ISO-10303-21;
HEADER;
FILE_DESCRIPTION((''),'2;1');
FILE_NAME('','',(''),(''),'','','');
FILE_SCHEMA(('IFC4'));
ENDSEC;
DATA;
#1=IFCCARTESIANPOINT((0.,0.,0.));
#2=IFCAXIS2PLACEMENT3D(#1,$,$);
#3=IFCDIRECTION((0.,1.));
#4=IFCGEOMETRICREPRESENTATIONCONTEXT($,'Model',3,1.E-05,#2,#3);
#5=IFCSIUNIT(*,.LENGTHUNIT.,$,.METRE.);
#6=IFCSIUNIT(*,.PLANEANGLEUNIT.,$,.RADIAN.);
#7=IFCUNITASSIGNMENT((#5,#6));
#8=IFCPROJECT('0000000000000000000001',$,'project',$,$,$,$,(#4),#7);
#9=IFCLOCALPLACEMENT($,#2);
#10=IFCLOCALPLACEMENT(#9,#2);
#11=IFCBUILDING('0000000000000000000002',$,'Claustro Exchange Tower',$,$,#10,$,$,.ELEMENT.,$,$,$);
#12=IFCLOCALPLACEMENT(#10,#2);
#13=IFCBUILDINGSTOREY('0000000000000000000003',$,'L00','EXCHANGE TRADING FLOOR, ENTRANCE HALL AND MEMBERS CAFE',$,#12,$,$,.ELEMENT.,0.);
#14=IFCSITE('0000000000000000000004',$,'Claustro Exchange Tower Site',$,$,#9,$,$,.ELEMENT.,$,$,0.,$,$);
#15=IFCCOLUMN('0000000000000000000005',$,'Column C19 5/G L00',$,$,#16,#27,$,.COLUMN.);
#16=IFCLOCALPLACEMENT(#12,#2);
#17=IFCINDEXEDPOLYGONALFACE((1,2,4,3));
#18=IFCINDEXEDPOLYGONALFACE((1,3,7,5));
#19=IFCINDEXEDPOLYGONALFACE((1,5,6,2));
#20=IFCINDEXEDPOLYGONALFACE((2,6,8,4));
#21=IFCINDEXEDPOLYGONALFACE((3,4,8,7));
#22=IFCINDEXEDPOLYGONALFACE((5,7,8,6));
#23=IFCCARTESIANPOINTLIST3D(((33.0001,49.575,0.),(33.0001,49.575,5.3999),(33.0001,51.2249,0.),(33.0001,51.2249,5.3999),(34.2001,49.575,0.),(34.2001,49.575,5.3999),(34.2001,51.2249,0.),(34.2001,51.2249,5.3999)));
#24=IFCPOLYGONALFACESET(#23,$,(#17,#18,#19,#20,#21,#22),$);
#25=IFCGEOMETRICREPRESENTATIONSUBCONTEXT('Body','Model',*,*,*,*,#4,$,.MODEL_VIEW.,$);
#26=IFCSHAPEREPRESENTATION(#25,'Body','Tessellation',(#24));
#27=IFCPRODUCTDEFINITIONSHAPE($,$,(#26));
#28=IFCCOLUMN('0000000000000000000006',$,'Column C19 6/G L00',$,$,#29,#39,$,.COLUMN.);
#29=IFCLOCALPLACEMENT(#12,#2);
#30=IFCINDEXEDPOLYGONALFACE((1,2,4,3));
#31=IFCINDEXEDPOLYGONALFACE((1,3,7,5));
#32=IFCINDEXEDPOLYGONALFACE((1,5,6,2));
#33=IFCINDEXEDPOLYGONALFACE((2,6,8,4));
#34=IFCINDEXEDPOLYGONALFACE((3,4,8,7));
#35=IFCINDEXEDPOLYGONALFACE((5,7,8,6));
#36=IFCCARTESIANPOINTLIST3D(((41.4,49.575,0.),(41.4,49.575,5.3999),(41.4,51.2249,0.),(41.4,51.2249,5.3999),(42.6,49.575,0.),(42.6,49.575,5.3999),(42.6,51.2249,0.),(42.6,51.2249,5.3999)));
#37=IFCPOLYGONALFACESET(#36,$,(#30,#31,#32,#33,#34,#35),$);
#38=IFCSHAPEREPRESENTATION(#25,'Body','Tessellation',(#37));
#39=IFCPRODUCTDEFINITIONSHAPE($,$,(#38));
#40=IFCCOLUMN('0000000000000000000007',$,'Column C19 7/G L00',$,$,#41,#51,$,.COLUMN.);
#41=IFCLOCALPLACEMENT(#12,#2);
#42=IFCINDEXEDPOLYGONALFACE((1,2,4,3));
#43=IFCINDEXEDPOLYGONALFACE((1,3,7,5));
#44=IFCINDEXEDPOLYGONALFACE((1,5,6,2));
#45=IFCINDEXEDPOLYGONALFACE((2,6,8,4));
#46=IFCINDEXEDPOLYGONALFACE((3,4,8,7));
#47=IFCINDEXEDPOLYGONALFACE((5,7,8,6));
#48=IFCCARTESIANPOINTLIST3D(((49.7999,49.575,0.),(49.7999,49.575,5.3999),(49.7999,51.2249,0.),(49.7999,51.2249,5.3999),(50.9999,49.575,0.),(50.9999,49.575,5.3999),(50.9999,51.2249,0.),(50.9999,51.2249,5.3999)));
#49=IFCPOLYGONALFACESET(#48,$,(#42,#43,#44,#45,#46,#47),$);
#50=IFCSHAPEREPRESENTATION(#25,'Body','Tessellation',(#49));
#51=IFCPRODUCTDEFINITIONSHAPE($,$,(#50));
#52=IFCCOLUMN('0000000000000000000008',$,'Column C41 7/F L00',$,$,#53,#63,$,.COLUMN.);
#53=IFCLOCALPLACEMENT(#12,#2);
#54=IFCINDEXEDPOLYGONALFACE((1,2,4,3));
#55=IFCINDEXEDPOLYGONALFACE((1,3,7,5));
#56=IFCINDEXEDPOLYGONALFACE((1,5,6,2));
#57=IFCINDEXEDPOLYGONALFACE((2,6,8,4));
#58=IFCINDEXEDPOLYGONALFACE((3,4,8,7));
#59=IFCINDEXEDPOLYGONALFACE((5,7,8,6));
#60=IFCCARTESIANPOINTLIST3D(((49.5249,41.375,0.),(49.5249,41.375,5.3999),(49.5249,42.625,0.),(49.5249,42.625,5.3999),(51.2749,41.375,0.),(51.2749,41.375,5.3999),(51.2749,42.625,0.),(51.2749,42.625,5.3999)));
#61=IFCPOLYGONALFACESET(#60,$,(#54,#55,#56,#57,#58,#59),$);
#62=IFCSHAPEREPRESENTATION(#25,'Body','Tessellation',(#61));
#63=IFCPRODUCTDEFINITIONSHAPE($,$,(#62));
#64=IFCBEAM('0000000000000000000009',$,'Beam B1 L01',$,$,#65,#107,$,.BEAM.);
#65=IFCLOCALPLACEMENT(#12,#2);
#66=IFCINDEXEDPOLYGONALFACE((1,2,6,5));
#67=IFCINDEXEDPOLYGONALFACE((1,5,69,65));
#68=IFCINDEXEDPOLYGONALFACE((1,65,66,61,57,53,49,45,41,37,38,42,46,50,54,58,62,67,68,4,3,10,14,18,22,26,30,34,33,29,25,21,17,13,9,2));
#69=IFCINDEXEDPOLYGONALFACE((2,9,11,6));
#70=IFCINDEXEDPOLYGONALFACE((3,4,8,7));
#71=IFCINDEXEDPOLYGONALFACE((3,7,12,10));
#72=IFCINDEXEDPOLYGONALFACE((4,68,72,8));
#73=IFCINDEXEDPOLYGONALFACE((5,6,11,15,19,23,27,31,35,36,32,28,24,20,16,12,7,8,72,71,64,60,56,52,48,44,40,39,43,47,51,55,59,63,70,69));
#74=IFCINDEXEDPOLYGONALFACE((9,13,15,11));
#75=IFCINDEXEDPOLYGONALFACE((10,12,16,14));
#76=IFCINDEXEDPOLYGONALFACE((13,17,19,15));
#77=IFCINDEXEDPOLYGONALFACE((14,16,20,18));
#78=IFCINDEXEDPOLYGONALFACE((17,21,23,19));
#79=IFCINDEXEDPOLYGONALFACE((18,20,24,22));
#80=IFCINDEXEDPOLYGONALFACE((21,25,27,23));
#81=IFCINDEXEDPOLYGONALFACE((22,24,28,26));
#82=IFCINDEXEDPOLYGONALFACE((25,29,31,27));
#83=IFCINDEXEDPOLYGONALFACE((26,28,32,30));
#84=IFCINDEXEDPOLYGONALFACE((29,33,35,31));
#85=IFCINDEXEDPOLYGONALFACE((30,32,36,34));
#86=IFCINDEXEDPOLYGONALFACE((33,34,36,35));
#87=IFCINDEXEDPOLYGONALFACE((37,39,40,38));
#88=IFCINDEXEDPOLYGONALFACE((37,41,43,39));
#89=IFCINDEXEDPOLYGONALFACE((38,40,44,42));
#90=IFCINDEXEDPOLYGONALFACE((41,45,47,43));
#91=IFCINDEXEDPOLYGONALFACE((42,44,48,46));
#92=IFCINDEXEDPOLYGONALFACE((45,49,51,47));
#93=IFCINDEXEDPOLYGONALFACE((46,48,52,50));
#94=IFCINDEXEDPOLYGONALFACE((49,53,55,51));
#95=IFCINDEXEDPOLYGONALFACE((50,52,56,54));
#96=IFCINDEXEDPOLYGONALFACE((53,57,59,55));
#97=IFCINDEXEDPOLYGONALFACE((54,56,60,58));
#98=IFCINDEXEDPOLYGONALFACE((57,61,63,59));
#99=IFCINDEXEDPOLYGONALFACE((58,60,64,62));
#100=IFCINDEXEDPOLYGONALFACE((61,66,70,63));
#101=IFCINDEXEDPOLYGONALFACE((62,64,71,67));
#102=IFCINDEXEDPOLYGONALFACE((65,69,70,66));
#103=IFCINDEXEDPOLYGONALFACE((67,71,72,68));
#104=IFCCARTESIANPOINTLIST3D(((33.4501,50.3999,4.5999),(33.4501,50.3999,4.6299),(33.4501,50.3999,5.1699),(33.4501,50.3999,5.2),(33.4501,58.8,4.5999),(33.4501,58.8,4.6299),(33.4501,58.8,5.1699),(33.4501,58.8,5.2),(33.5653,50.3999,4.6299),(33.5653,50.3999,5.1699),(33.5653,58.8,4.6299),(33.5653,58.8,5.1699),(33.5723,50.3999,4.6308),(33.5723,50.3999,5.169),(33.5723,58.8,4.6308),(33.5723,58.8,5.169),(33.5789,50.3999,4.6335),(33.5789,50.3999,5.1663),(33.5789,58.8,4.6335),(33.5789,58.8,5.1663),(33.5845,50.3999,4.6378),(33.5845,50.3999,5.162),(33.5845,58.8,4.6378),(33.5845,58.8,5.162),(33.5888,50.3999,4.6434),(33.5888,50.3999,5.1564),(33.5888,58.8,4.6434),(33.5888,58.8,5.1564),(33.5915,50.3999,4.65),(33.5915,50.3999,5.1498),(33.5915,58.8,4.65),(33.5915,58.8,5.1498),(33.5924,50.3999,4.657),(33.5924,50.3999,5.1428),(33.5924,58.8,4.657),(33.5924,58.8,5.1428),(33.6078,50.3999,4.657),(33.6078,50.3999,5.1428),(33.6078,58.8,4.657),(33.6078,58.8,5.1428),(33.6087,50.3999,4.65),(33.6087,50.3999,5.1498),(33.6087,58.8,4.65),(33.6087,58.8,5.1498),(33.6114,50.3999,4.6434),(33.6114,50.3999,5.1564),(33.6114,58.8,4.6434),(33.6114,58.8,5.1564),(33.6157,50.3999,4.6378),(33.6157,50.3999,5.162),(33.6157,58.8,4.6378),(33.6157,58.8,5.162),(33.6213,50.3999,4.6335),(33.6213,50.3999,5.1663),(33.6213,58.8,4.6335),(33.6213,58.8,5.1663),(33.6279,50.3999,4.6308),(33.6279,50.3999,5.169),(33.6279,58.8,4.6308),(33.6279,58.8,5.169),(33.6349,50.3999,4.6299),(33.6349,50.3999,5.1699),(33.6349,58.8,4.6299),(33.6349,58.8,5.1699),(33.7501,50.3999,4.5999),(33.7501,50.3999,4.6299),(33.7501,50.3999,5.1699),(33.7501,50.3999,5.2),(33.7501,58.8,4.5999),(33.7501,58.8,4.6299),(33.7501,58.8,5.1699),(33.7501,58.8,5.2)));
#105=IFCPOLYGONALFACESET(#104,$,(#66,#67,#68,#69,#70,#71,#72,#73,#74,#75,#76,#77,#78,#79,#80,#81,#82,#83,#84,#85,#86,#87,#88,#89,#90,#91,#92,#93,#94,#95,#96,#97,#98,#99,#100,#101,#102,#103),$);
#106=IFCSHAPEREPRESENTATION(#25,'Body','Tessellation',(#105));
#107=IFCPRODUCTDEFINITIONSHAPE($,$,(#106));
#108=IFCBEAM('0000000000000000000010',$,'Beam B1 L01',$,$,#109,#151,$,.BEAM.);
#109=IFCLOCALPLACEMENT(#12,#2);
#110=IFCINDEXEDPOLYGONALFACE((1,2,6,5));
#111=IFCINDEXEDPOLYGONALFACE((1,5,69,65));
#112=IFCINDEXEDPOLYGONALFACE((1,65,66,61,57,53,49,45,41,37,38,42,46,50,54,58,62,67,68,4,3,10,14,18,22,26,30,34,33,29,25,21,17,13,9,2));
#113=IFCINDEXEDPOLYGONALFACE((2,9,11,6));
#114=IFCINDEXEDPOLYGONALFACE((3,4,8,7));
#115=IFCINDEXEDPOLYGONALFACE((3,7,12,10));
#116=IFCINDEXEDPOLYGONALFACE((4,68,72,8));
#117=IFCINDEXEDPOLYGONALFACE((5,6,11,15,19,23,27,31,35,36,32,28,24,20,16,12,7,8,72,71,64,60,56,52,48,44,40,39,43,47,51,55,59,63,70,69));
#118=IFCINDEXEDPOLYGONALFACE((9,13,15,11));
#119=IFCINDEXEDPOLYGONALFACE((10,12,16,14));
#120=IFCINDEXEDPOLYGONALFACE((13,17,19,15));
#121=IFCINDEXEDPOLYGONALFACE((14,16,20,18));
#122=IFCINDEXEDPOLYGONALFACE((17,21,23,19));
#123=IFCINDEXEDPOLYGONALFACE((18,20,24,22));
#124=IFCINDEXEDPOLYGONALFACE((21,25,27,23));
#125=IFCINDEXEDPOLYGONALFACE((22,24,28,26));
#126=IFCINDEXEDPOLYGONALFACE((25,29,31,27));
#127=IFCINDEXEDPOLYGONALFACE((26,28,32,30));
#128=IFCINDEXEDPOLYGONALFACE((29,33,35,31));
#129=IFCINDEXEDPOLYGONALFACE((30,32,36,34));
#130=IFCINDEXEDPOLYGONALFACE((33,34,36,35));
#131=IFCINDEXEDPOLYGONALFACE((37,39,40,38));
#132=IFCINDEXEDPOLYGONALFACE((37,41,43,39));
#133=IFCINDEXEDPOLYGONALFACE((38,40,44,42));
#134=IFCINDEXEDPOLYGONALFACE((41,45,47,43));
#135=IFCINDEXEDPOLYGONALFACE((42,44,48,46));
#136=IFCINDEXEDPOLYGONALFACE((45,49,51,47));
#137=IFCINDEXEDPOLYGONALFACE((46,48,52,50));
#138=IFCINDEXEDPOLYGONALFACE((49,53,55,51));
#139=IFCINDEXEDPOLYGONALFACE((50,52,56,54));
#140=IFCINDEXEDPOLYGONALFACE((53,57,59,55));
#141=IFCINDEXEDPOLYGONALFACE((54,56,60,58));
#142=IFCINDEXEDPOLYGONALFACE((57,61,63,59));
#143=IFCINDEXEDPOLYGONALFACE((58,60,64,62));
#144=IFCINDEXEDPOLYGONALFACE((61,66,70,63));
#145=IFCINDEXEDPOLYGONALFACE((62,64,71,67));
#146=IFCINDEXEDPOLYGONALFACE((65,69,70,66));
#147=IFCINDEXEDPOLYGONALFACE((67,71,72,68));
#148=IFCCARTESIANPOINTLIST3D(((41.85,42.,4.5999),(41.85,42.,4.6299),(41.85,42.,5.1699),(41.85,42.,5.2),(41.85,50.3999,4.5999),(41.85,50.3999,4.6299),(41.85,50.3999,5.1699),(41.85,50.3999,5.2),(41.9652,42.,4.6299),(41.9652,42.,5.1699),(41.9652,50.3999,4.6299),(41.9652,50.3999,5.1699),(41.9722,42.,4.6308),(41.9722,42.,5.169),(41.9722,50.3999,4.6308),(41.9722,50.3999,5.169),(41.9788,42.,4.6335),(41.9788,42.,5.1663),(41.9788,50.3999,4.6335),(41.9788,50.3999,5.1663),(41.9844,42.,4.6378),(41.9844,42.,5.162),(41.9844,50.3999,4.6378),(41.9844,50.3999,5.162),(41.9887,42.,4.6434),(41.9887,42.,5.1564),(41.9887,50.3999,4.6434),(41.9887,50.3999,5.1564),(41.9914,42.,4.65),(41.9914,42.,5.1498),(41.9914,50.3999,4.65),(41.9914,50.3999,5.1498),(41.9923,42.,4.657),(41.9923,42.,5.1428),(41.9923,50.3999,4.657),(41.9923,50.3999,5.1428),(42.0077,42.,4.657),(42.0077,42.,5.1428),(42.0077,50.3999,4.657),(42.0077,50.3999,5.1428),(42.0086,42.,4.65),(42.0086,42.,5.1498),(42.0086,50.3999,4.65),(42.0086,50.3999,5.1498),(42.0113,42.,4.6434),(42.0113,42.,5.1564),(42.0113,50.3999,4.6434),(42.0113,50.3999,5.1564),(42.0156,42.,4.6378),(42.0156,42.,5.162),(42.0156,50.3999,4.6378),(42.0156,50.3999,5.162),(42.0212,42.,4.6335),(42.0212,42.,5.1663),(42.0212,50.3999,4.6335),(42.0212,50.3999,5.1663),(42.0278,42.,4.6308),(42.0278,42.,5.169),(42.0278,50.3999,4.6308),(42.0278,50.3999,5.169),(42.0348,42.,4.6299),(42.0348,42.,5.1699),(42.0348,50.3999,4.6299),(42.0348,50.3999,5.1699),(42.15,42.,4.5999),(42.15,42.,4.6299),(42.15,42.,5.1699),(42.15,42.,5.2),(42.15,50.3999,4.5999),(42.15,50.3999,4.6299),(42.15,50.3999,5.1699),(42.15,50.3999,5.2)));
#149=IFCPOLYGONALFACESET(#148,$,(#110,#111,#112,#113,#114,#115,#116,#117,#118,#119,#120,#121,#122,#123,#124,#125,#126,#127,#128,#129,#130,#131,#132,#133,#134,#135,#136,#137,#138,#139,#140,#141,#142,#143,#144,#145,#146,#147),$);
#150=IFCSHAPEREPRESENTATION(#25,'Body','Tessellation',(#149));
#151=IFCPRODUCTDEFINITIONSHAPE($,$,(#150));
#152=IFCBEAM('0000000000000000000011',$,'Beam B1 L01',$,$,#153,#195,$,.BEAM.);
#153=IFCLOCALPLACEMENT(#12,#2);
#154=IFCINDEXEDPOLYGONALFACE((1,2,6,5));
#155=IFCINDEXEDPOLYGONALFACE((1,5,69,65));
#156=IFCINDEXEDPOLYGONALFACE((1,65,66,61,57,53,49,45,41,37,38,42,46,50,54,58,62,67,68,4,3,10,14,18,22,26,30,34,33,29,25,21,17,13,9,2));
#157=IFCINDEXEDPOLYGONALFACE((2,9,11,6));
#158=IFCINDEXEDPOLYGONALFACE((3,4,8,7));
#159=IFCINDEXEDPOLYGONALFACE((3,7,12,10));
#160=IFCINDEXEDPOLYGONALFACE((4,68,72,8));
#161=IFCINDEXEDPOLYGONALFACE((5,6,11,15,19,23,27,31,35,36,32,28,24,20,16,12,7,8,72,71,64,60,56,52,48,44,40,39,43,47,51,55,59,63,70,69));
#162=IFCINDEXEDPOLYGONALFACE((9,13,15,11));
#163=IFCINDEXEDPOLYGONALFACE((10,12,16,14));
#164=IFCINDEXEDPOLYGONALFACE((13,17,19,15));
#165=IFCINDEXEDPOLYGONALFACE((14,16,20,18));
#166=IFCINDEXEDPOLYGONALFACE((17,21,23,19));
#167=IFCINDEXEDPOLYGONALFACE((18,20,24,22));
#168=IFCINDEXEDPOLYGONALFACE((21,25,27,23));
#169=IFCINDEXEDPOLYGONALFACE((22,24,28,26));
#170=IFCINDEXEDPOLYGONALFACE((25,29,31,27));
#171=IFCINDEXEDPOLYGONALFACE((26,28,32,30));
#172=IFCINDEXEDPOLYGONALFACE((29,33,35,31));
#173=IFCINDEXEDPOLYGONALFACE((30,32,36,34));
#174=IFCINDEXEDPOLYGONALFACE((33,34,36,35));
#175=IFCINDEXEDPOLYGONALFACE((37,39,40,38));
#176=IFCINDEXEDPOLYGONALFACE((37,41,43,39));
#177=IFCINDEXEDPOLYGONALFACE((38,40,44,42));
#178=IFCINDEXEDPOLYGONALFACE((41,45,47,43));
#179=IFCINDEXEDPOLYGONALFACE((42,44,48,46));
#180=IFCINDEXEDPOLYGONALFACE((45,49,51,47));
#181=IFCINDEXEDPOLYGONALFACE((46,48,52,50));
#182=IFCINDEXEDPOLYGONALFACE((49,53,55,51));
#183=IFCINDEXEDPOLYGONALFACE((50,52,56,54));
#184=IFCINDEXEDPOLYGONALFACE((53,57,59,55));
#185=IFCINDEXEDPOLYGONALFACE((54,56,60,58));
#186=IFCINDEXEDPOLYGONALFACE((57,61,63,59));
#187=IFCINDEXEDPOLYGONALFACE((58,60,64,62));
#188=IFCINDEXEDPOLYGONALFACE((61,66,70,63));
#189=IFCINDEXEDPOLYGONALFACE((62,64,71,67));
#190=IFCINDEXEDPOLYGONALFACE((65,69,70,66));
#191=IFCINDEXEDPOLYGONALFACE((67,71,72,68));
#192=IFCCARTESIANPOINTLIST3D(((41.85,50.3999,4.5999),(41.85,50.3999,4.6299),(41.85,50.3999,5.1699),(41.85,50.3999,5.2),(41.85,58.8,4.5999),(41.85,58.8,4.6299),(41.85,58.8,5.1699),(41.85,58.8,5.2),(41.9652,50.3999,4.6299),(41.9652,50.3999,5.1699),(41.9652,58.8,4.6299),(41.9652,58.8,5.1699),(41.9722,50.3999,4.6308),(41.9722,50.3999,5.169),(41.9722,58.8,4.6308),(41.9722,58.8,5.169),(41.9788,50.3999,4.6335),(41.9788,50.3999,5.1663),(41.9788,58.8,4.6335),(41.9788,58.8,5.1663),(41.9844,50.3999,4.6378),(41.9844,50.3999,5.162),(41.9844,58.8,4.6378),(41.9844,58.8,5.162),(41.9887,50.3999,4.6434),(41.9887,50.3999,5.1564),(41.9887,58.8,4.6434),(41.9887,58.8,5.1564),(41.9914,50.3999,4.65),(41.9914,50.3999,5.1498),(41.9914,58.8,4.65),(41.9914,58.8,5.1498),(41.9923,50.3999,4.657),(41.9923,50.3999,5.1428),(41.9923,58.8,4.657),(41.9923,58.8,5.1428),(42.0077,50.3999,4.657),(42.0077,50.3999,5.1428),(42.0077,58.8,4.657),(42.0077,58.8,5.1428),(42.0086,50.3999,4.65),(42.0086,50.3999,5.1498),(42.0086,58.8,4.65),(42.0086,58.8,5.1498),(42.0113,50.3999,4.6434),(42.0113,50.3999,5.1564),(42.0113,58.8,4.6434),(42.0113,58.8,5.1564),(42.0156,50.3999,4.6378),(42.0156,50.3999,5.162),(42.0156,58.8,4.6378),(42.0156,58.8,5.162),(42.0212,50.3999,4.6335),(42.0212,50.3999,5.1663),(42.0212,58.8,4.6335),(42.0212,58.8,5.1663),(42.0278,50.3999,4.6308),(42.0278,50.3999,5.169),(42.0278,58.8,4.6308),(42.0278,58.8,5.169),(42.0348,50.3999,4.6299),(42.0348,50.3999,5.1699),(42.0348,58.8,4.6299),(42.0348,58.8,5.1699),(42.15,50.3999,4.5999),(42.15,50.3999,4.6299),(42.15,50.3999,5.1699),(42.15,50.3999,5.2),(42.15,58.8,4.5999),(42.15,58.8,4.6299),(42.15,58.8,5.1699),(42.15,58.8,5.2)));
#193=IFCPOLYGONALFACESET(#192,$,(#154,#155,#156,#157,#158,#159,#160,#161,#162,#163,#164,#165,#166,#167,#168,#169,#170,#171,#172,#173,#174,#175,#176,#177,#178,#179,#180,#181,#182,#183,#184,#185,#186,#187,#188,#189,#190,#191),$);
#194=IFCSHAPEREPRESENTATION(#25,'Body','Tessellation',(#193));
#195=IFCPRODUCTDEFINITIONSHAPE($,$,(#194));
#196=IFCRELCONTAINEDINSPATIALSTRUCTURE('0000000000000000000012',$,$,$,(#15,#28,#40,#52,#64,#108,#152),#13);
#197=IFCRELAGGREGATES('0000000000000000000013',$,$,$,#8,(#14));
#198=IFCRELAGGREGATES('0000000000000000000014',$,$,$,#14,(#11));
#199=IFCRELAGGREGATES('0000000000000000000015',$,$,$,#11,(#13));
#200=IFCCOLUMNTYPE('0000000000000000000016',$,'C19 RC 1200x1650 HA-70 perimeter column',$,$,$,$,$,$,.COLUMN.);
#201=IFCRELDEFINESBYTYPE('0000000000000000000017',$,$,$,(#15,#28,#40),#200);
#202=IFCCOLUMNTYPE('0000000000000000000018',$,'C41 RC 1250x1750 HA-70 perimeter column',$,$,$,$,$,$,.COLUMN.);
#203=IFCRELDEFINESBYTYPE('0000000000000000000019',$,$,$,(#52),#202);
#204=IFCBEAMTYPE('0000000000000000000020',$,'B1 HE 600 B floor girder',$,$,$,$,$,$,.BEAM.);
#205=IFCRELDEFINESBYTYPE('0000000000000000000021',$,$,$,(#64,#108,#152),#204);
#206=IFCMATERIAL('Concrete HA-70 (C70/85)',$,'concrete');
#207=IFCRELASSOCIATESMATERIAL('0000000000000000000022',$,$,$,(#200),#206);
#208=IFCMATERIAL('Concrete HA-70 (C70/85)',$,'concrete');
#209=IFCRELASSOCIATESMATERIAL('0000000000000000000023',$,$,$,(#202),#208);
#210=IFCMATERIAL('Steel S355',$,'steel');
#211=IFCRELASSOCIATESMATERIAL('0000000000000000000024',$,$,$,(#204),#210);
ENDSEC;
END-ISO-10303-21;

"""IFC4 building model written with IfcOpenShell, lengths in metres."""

from ifc_helpers import new_model, si_unit, direction, frame, origin, origin_2d, place, context, subcontext, project, spatial, rectangle, i_section, extrude, material, material_profile, profile_set, type_object, element, save


model = new_model("IFC4")

# Units and contexts
model_context = context("Model", 3, precision=1e-05, world=origin(), true_north=direction((0.0, 1.0)))
body_context = subcontext(model_context, "Body", "Model", "MODEL_VIEW")
ifc_project = project(units=[si_unit("LENGTHUNIT", "METRE"), si_unit("PLANEANGLEUNIT", "RADIAN")], contexts=[model_context])

# Site, building, storey
site_placement = place(None, origin())
site = spatial("IfcSite", under=ifc_project, at=site_placement, Name="Claustro Exchange Tower Site", CompositionType="ELEMENT", RefElevation=0.0)
building_placement = place(site_placement, origin())
building = spatial("IfcBuilding", under=site, at=building_placement, Name="Claustro Exchange Tower", CompositionType="ELEMENT")
storey_placement = place(building_placement, origin())
storey = spatial("IfcBuildingStorey", under=building, at=storey_placement, Name="L00", Description="EXCHANGE TRADING FLOOR, ENTRANCE HALL AND MEMBERS CAFE", CompositionType="ELEMENT", Elevation=0.0)

# Columns
ifc_material_1 = material(Name="Concrete HA-70 (C70/85)", Category="concrete")
ifc_material_profile_1 = material_profile(ifc_material_1, rectangle(XDim=1.2, YDim=1.6499, at=origin_2d()), Name="RC 1200x1650")
ifc_profile_set_1 = profile_set([ifc_material_profile_1], Name="Concrete HA-70 (C70/85)")
column_type_1 = type_object("IfcColumnType", Name="C19 RC 1200x1650 HA-70 perimeter column", PredefinedType="COLUMN", material=ifc_profile_set_1)
for number, where, z_axis, x_axis, name in (
    (1, (33.6001, 50.3999, 0.0), (0.0, 0.0, 1.0), (1.0, 0.0, 0.0), "Column C19 5/G L00"),
    (2, (42.0, 50.3999, 0.0), (0.0, 0.0, 1.0), (1.0, 0.0, 0.0), "Column C19 6/G L00"),
    (3, (50.3999, 50.3999, 0.0), (0.0, 0.0, 1.0), (1.0, 0.0, 0.0), "Column C19 7/G L00"),
):
    element("IfcColumn", number, at=place(storey_placement, frame(where, z_axis=z_axis, x_axis=x_axis)), inside=storey, type_object=column_type_1, Name=name, PredefinedType="COLUMN", context=body_context, shape_type="SweptSolid", body=[
        extrude(rectangle(XDim=1.2, YDim=1.6499, at=origin_2d()), origin(), (0.0, 0.0, 1.0), 5.3999),
    ])
ifc_material_2 = material(Name="Concrete HA-70 (C70/85)", Category="concrete")
ifc_material_profile_2 = material_profile(ifc_material_2, rectangle(XDim=1.25, YDim=1.75, at=origin_2d()), Name="RC 1250x1750")
ifc_profile_set_2 = profile_set([ifc_material_profile_2], Name="Concrete HA-70 (C70/85)")
column_type_2 = type_object("IfcColumnType", Name="C41 RC 1250x1750 HA-70 perimeter column", PredefinedType="COLUMN", material=ifc_profile_set_2)
column_placement = place(storey_placement, frame((50.3999, 42.0, 0.0), z_axis=(0.0, 0.0, 1.0), x_axis=(0.0, 1.0, 0.0)))
element("IfcColumn", 4, at=column_placement, inside=storey, type_object=column_type_2, Name="Column C41 7/F L00", PredefinedType="COLUMN", context=body_context, shape_type="SweptSolid", body=[
    extrude(rectangle(XDim=1.25, YDim=1.75, at=origin_2d()), origin(), (0.0, 0.0, 1.0), 5.3999),
])

# Beams
ifc_material_3 = material(Name="Steel S355", Category="steel")
ifc_material_profile_3 = material_profile(ifc_material_3, i_section(OverallWidth=0.3, OverallDepth=0.6001, WebThickness=0.0154, FlangeThickness=0.03, FilletRadius=0.0271, at=origin_2d()), Name="HE 600 B")
ifc_profile_set_3 = profile_set([ifc_material_profile_3], Name="Steel S355")
beam_type_1 = type_object("IfcBeamType", Name="B1 HE 600 B floor girder", PredefinedType="BEAM", material=ifc_profile_set_3)
beam_1_placement = place(storey_placement, frame((33.6001, 50.3999, 4.8999), z_axis=(0.0, 1.0, 0.0), x_axis=(-1.0, 0.0, 0.0)))
element("IfcBeam", 5, at=beam_1_placement, inside=storey, type_object=beam_type_1, Name="Beam B1 L01", PredefinedType="BEAM", context=body_context, shape_type="SweptSolid", body=[
    extrude(i_section(OverallWidth=0.3, OverallDepth=0.6001, WebThickness=0.0154, FlangeThickness=0.03, FilletRadius=0.0271, at=origin_2d()), origin(), (0.0, 0.0, 1.0), 8.4001),
])
beam_2_placement = place(storey_placement, frame((42.0, 42.0, 4.8999), z_axis=(0.0, 1.0, 0.0), x_axis=(-1.0, 0.0, 0.0)))
element("IfcBeam", 6, at=beam_2_placement, inside=storey, type_object=beam_type_1, Name="Beam B1 L01", PredefinedType="BEAM", context=body_context, shape_type="SweptSolid", body=[
    extrude(i_section(OverallWidth=0.3, OverallDepth=0.6001, WebThickness=0.0154, FlangeThickness=0.03, FilletRadius=0.0271, at=origin_2d()), origin(), (0.0, 0.0, 1.0), 8.3999),
])
beam_3_placement = place(storey_placement, frame((42.0, 50.3999, 4.8999), z_axis=(0.0, 1.0, 0.0), x_axis=(-1.0, 0.0, 0.0)))
element("IfcBeam", 7, at=beam_3_placement, inside=storey, type_object=beam_type_1, Name="Beam B1 L01", PredefinedType="BEAM", context=body_context, shape_type="SweptSolid", body=[
    extrude(i_section(OverallWidth=0.3, OverallDepth=0.6001, WebThickness=0.0154, FlangeThickness=0.03, FilletRadius=0.0271, at=origin_2d()), origin(), (0.0, 0.0, 1.0), 8.4001),
])

save(model, "model.ifc")
